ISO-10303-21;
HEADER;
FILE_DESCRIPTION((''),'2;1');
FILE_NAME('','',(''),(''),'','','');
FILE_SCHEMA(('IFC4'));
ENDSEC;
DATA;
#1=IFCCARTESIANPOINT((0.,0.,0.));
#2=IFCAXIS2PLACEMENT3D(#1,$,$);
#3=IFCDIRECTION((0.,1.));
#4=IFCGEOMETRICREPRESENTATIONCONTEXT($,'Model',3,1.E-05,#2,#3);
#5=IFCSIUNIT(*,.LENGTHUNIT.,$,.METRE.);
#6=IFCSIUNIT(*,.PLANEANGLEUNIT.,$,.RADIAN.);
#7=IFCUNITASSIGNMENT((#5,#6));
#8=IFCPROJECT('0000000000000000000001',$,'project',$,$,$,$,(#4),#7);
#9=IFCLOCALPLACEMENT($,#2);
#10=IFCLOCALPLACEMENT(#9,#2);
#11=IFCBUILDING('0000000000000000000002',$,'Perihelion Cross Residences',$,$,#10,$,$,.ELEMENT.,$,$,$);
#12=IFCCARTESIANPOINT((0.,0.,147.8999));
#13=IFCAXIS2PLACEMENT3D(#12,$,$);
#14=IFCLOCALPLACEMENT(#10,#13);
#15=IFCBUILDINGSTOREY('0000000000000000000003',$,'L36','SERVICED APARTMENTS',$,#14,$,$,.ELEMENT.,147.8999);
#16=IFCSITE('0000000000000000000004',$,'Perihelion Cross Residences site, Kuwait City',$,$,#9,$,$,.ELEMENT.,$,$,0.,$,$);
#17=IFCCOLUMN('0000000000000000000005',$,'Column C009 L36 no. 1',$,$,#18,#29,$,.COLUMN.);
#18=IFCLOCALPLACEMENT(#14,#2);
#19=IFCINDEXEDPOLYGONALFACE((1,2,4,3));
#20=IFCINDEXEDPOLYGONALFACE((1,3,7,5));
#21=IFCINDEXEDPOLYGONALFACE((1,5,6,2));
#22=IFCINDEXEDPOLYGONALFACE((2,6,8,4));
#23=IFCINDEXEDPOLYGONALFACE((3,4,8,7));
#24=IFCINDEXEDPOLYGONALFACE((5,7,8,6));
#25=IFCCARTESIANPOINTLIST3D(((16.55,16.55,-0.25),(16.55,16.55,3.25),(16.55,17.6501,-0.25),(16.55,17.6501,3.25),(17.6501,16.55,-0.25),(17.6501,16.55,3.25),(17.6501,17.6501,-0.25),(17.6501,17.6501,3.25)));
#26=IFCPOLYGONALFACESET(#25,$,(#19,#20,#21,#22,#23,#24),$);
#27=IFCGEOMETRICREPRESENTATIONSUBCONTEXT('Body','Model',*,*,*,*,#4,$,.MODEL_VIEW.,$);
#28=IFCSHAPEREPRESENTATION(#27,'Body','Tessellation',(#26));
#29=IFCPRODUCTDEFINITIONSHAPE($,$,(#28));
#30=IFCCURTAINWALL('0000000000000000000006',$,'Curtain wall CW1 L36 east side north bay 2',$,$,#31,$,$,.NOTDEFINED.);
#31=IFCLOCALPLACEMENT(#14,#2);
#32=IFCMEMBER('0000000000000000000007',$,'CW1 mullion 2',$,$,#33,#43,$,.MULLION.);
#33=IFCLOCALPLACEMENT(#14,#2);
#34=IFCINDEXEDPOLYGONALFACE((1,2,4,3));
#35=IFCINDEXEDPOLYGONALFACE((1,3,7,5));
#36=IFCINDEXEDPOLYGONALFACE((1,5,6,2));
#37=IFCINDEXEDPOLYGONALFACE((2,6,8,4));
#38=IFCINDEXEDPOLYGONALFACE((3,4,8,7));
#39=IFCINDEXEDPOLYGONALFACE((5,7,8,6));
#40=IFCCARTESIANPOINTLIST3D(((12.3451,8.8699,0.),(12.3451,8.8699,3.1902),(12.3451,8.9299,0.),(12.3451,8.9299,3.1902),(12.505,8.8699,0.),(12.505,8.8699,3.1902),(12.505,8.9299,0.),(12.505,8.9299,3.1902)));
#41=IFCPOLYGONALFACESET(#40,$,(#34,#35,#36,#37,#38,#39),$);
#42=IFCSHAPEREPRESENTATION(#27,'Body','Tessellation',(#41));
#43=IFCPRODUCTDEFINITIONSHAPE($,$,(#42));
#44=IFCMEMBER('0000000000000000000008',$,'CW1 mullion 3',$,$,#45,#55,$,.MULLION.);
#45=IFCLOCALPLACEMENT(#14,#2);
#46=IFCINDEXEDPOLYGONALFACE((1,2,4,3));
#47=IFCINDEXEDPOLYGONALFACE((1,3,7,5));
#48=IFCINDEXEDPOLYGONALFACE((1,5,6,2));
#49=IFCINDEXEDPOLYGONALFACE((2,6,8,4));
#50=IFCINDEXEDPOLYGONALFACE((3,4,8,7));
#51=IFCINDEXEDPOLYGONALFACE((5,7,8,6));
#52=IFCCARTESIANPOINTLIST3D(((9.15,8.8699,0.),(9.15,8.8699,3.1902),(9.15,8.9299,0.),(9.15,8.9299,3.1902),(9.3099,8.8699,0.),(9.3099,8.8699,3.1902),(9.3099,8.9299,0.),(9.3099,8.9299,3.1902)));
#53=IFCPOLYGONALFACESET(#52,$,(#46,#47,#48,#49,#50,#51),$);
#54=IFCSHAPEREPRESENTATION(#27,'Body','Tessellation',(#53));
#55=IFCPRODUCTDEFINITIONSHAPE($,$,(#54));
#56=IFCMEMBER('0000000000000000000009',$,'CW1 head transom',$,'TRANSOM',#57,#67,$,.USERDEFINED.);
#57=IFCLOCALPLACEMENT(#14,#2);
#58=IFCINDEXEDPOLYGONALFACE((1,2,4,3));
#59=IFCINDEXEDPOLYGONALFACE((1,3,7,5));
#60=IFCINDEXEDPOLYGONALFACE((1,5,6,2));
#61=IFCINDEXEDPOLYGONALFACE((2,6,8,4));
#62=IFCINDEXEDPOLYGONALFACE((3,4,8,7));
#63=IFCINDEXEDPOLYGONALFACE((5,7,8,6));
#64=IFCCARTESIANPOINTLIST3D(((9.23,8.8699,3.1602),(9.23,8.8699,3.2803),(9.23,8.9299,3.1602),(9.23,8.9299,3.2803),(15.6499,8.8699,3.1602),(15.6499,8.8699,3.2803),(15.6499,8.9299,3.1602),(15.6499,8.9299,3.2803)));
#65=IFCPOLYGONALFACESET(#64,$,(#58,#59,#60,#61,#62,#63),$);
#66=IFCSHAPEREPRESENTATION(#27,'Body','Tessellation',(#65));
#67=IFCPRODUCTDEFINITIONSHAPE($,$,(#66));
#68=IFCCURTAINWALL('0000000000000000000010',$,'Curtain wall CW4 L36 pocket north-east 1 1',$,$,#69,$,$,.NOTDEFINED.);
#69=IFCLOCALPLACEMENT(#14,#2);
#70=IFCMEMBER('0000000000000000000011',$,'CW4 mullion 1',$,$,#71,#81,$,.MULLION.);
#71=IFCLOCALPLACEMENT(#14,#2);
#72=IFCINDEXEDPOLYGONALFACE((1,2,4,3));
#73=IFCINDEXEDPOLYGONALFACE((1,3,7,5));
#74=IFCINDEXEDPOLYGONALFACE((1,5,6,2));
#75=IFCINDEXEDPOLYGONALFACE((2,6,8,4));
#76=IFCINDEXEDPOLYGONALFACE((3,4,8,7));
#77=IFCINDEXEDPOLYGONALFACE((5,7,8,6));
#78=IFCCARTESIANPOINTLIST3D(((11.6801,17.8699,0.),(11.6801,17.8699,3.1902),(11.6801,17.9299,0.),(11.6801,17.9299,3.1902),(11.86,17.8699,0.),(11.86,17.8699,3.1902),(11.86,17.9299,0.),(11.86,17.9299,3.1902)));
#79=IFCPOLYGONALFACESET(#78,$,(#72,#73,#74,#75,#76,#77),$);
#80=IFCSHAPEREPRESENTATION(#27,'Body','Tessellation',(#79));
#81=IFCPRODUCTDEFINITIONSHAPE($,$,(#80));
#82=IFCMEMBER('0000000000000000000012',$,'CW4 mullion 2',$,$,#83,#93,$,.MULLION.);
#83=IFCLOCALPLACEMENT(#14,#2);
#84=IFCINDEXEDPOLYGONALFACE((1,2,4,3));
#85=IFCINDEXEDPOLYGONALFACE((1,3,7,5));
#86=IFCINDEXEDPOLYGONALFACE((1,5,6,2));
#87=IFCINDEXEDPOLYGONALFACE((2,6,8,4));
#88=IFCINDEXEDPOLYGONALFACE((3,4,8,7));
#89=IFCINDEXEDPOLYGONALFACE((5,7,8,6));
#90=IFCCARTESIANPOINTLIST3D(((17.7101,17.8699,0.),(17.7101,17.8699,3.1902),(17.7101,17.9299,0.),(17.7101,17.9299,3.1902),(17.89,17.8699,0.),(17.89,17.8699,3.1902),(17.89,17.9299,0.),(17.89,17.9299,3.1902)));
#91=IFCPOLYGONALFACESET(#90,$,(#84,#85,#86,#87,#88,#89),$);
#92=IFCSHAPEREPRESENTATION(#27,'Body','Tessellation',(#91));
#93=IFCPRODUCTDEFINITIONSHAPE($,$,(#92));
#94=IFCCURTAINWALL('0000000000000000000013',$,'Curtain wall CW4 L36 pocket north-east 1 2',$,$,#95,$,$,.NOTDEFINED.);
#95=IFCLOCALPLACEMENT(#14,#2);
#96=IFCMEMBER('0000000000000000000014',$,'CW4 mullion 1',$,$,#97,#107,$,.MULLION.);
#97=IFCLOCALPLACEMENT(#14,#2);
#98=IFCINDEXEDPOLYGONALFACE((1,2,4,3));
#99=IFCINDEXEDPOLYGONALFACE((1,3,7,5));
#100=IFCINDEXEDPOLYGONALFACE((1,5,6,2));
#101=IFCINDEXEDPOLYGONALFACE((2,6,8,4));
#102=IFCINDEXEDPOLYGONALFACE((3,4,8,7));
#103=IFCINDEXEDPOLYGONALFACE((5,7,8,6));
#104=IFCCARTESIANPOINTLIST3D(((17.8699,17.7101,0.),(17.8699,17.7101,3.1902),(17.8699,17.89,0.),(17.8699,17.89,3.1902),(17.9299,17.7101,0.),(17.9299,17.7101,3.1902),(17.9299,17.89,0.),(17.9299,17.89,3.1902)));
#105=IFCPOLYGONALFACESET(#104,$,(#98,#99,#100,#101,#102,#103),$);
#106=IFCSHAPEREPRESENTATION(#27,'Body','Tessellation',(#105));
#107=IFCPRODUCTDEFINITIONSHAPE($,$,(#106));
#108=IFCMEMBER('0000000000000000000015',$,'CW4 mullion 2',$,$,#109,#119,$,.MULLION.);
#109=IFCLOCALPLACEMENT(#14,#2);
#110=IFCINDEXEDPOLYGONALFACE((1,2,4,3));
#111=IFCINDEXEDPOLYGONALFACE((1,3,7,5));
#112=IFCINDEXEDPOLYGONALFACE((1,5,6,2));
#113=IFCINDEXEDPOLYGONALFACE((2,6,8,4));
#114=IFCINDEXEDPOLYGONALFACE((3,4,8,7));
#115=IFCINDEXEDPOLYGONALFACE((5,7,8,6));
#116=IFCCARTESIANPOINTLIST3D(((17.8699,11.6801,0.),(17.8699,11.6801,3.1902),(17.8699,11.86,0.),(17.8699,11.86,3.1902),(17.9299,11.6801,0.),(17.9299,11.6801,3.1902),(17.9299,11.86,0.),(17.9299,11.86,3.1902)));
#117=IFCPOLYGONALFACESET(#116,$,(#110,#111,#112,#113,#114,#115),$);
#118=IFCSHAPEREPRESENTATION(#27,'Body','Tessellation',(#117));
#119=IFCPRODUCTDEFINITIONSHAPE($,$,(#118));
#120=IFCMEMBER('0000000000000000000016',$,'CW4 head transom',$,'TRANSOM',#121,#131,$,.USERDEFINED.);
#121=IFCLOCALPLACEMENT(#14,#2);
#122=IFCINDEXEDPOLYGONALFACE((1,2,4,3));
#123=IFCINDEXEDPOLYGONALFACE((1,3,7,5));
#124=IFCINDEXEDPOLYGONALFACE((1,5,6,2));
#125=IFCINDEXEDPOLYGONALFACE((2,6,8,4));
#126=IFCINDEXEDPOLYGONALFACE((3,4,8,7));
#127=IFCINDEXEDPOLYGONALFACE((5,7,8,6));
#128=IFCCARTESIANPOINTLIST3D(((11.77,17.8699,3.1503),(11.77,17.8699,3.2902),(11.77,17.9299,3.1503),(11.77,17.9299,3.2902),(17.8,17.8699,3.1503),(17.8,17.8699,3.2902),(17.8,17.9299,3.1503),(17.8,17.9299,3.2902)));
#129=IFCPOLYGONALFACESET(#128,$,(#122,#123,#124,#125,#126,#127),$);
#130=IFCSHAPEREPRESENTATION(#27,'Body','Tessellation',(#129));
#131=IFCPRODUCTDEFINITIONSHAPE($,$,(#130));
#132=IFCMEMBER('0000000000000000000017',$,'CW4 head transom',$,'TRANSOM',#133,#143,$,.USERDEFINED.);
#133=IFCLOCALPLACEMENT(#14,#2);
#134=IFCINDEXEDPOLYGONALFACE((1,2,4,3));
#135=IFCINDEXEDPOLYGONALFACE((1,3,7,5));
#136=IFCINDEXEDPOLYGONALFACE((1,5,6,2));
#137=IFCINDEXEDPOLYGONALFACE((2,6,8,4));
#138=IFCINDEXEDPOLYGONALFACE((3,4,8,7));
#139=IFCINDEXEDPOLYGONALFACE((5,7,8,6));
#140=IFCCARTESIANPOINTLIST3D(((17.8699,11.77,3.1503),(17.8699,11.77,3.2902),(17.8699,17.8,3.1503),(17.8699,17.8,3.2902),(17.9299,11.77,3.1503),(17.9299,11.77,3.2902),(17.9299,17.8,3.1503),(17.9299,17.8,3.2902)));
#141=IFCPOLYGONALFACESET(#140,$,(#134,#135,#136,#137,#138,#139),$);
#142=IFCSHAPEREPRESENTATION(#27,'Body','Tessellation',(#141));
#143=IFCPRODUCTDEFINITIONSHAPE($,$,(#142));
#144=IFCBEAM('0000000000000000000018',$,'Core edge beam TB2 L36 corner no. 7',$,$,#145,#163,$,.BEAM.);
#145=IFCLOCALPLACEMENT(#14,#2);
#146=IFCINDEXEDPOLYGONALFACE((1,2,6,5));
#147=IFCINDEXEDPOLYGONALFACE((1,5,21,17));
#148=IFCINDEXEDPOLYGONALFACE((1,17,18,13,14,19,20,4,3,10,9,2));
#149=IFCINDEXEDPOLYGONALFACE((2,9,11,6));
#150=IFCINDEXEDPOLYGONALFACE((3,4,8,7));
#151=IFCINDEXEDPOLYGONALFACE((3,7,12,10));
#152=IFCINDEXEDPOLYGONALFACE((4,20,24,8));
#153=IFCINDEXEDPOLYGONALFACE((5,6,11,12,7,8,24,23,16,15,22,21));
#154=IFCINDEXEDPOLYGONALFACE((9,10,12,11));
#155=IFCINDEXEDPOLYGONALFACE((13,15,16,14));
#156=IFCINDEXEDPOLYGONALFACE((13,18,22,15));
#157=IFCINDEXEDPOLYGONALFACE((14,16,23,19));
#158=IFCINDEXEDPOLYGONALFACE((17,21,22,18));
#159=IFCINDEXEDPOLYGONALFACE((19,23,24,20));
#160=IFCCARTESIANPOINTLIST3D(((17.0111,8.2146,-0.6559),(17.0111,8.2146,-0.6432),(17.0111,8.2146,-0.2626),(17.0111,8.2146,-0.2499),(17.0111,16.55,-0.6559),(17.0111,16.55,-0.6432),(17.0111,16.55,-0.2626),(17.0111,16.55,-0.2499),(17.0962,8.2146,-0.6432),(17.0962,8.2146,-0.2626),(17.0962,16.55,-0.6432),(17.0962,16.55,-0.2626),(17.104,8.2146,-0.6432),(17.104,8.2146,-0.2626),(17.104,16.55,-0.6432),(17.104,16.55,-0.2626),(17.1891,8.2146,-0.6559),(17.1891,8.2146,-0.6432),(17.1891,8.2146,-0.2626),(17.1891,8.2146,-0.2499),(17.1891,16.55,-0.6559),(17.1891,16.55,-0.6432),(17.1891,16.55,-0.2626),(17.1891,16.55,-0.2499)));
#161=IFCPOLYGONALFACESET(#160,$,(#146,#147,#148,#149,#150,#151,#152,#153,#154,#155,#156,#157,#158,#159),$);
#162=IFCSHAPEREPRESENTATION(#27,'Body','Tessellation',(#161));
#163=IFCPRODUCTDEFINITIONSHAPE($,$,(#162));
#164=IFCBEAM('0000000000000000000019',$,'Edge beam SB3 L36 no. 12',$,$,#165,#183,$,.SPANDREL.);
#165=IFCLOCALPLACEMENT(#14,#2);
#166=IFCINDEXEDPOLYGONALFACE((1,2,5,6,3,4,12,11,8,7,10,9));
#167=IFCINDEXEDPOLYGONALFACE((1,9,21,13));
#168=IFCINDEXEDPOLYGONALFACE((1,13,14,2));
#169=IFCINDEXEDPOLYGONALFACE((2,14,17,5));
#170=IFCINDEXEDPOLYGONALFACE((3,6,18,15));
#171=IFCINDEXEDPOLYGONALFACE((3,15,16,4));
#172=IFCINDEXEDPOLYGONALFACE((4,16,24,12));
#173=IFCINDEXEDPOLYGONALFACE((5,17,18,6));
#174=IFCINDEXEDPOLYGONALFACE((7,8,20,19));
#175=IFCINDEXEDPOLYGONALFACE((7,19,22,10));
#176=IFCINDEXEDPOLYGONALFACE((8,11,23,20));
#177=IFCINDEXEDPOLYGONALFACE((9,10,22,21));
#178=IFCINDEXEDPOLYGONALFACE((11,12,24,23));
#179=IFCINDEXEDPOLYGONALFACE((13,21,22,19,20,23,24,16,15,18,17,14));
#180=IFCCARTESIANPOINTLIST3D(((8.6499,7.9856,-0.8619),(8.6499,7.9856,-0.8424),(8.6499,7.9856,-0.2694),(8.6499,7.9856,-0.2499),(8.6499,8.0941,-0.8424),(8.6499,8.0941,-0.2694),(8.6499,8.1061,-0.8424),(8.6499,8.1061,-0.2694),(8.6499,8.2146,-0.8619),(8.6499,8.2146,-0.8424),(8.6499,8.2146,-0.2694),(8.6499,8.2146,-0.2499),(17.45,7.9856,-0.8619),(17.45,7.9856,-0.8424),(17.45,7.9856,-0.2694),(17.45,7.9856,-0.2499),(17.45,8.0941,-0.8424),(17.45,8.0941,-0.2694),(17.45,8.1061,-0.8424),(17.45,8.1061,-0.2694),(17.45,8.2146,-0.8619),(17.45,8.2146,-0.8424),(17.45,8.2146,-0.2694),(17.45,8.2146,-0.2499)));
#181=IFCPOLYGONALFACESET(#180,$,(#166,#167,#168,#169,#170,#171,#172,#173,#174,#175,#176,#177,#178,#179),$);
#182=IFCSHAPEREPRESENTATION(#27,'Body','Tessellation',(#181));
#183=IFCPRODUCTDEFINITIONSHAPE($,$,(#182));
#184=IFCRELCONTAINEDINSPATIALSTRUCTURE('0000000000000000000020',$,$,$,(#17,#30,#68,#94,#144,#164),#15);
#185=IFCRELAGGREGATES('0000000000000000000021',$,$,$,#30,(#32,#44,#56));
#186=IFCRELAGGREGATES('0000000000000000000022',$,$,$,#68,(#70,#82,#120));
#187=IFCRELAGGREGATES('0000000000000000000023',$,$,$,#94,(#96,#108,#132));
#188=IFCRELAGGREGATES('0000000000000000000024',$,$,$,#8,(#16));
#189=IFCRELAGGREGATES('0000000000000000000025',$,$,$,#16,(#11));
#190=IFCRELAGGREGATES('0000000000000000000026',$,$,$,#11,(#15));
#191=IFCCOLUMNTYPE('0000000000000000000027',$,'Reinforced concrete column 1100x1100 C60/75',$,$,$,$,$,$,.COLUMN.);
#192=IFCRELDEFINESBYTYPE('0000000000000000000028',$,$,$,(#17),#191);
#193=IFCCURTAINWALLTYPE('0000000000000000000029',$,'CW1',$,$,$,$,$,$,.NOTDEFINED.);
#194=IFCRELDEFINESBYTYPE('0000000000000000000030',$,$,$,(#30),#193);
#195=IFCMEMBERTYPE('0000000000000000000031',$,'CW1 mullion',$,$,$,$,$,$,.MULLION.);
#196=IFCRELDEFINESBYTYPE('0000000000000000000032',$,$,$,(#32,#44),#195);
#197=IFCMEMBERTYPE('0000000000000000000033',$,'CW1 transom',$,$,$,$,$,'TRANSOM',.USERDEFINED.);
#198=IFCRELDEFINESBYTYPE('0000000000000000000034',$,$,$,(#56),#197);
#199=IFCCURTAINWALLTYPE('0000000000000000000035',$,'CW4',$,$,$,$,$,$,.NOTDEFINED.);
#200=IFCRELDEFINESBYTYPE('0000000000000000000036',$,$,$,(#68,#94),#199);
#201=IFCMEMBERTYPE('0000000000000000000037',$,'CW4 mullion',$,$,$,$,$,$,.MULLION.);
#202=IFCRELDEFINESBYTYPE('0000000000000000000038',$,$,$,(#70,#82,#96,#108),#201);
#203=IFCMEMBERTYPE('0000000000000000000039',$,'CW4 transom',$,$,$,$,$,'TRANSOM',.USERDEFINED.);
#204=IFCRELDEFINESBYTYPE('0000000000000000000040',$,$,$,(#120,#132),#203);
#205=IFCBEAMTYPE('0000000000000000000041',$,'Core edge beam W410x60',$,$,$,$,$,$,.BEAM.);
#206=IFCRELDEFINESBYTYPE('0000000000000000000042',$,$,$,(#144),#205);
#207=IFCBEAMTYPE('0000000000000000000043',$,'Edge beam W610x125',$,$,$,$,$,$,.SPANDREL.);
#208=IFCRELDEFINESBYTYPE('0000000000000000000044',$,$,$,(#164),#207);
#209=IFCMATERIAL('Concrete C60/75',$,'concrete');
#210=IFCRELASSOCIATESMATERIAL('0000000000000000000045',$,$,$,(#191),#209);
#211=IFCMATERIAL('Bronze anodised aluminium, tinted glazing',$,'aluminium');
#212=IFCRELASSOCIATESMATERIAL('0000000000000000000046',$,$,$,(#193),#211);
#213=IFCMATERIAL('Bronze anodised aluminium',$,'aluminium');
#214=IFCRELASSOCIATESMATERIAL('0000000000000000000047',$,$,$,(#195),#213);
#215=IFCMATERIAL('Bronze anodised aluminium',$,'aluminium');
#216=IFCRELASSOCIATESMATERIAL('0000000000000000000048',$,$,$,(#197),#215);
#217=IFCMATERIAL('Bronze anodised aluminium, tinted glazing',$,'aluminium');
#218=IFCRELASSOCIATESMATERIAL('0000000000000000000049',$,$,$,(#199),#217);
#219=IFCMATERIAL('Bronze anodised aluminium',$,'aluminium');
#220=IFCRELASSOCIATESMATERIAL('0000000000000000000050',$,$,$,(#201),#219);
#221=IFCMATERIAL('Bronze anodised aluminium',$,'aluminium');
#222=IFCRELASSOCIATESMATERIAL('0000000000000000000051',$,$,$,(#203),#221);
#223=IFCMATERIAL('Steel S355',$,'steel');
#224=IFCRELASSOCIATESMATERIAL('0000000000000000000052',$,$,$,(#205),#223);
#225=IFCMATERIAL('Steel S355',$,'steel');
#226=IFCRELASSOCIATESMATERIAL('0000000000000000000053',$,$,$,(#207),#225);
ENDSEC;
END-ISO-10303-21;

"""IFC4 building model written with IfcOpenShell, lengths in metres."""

from ifc_helpers import new_model, si_unit, direction, frame, origin, origin_2d, place, context, subcontext, project, spatial, rectangle, i_section, extrude, material, material_profile, profile_set, type_object, element, aggregate, save


model = new_model("IFC4")

# Units and contexts
model_context = context("Model", 3, precision=1e-05, world=origin(), true_north=direction((0.0, 1.0)))
body_context = subcontext(model_context, "Body", "Model", "MODEL_VIEW")
ifc_project = project(units=[si_unit("LENGTHUNIT", "METRE"), si_unit("PLANEANGLEUNIT", "RADIAN")], contexts=[model_context])

# Site, building, storey
site_placement = place(None, origin())
site = spatial("IfcSite", under=ifc_project, at=site_placement, Name="Perihelion Cross Residences site, Kuwait City", CompositionType="ELEMENT", RefElevation=0.0)
building_placement = place(site_placement, origin())
building = spatial("IfcBuilding", under=site, at=building_placement, Name="Perihelion Cross Residences", CompositionType="ELEMENT")
storey_placement = place(building_placement, frame((0.0, 0.0, 147.8999)))
storey = spatial("IfcBuildingStorey", under=building, at=storey_placement, Name="L36", Description="SERVICED APARTMENTS", CompositionType="ELEMENT", Elevation=147.8999)

# Column
ifc_material_1 = material(Name="Concrete C60/75", Category="concrete")
ifc_material_profile_1 = material_profile(ifc_material_1, rectangle(XDim=1.1001, YDim=1.1001, at=origin_2d()), Name="RC 1100x1100")
ifc_profile_set_1 = profile_set([ifc_material_profile_1], Name="Concrete C60/75")
column_type = type_object("IfcColumnType", Name="Reinforced concrete column 1100x1100 C60/75", PredefinedType="COLUMN", material=ifc_profile_set_1)
column_placement = place(storey_placement, frame((17.1001, 17.1001, -0.25), z_axis=(0.0, 0.0, 1.0), x_axis=(1.0, 0.0, 0.0)))
element("IfcColumn", 1, at=column_placement, inside=storey, type_object=column_type, Name="Column C009 L36 no. 1", PredefinedType="COLUMN", context=body_context, shape_type="SweptSolid", body=[
    extrude(rectangle(XDim=1.1001, YDim=1.1001, at=origin_2d()), origin(), (0.0, 0.0, 1.0), 3.5),
])

# Curtain walls, members
ifc_material_2 = material(Name="Bronze anodised aluminium, tinted glazing", Category="aluminium")
curtain_wall_type_1 = type_object("IfcCurtainWallType", Name="CW1", PredefinedType="NOTDEFINED", material=ifc_material_2)
curtain_wall_1_placement = place(storey_placement, origin())
curtain_wall_1 = element("IfcCurtainWall", 2, at=curtain_wall_1_placement, inside=storey, type_object=curtain_wall_type_1, Name="Curtain wall CW1 L36 east side north bay 2", PredefinedType="NOTDEFINED")
ifc_material_3 = material(Name="Bronze anodised aluminium", Category="aluminium")
ifc_material_profile_2 = material_profile(ifc_material_3, rectangle(XDim=0.0601, YDim=0.1599, at=origin_2d()), Name="CW1 mullion")
ifc_profile_set_2 = profile_set([ifc_material_profile_2], Name="Bronze anodised aluminium")
member_type_1 = type_object("IfcMemberType", Name="CW1 mullion", PredefinedType="MULLION", material=ifc_profile_set_2)
member_1_placement = place(storey_placement, frame((12.425, 8.8999, 0.0), z_axis=(0.0, 0.0, 1.0), x_axis=(0.0, -1.0, 0.0)))
member_1 = element("IfcMember", 3, at=member_1_placement, type_object=member_type_1, Name="CW1 mullion 2", PredefinedType="MULLION", context=body_context, shape_type="SweptSolid", body=[
    extrude(rectangle(XDim=0.0601, YDim=0.1599, at=origin_2d()), origin(), (0.0, 0.0, 1.0), 3.1902),
])
member_2_placement = place(storey_placement, frame((9.23, 8.8999, 0.0), z_axis=(0.0, 0.0, 1.0), x_axis=(0.0, -1.0, 0.0)))
member_2 = element("IfcMember", 4, at=member_2_placement, type_object=member_type_1, Name="CW1 mullion 3", PredefinedType="MULLION", context=body_context, shape_type="SweptSolid", body=[
    extrude(rectangle(XDim=0.0601, YDim=0.1599, at=origin_2d()), origin(), (0.0, 0.0, 1.0), 3.1902),
])
ifc_material_4 = material(Name="Bronze anodised aluminium", Category="aluminium")
ifc_material_profile_3 = material_profile(ifc_material_4, rectangle(XDim=0.0601, YDim=0.1201, at=origin_2d()), Name="CW1 transom")
ifc_profile_set_3 = profile_set([ifc_material_profile_3], Name="Bronze anodised aluminium")
member_type_2 = type_object("IfcMemberType", Name="CW1 transom", ElementType="TRANSOM", PredefinedType="USERDEFINED", material=ifc_profile_set_3)
member_3_placement = place(storey_placement, frame((15.6499, 8.8999, 3.2202), z_axis=(-1.0, 0.0, 0.0), x_axis=(0.0, -1.0, 0.0)))
member_3 = element("IfcMember", 5, at=member_3_placement, type_object=member_type_2, Name="CW1 head transom", ObjectType="TRANSOM", PredefinedType="USERDEFINED", context=body_context, shape_type="SweptSolid", body=[
    extrude(rectangle(XDim=0.0601, YDim=0.1201, at=origin_2d()), origin(), (0.0, 0.0, 1.0), 6.4199),
])
ifc_material_5 = material(Name="Bronze anodised aluminium, tinted glazing", Category="aluminium")
curtain_wall_type_2 = type_object("IfcCurtainWallType", Name="CW4", PredefinedType="NOTDEFINED", material=ifc_material_5)
curtain_wall_2_placement = place(storey_placement, origin())
curtain_wall_2 = element("IfcCurtainWall", 6, at=curtain_wall_2_placement, inside=storey, type_object=curtain_wall_type_2, Name="Curtain wall CW4 L36 pocket north-east 1 1", PredefinedType="NOTDEFINED")
ifc_material_6 = material(Name="Bronze anodised aluminium", Category="aluminium")
ifc_material_profile_4 = material_profile(ifc_material_6, rectangle(XDim=0.0601, YDim=0.1799, at=origin_2d()), Name="CW4 mullion")
ifc_profile_set_4 = profile_set([ifc_material_profile_4], Name="Bronze anodised aluminium")
member_type_3 = type_object("IfcMemberType", Name="CW4 mullion", PredefinedType="MULLION", material=ifc_profile_set_4)
member_4_placement = place(storey_placement, frame((11.77, 17.8999, 0.0), z_axis=(0.0, 0.0, 1.0), x_axis=(0.0, 1.0, 0.0)))
member_4 = element("IfcMember", 7, at=member_4_placement, type_object=member_type_3, Name="CW4 mullion 1", PredefinedType="MULLION", context=body_context, shape_type="SweptSolid", body=[
    extrude(rectangle(XDim=0.0601, YDim=0.1799, at=origin_2d()), origin(), (0.0, 0.0, 1.0), 3.1902),
])
member_5_placement = place(storey_placement, frame((17.8, 17.8999, 0.0), z_axis=(0.0, 0.0, 1.0), x_axis=(0.0, 1.0, 0.0)))
member_5 = element("IfcMember", 8, at=member_5_placement, type_object=member_type_3, Name="CW4 mullion 2", PredefinedType="MULLION", context=body_context, shape_type="SweptSolid", body=[
    extrude(rectangle(XDim=0.0601, YDim=0.1799, at=origin_2d()), origin(), (0.0, 0.0, 1.0), 3.1902),
])
curtain_wall_3_placement = place(storey_placement, origin())
curtain_wall_3 = element("IfcCurtainWall", 9, at=curtain_wall_3_placement, inside=storey, type_object=curtain_wall_type_2, Name="Curtain wall CW4 L36 pocket north-east 1 2", PredefinedType="NOTDEFINED")
member_6_placement = place(storey_placement, frame((17.8999, 17.8, 0.0), z_axis=(0.0, 0.0, 1.0), x_axis=(1.0, 0.0, 0.0)))
member_6 = element("IfcMember", 10, at=member_6_placement, type_object=member_type_3, Name="CW4 mullion 1", PredefinedType="MULLION", context=body_context, shape_type="SweptSolid", body=[
    extrude(rectangle(XDim=0.0601, YDim=0.1799, at=origin_2d()), origin(), (0.0, 0.0, 1.0), 3.1902),
])
member_7_placement = place(storey_placement, frame((17.8999, 11.77, 0.0), z_axis=(0.0, 0.0, 1.0), x_axis=(1.0, 0.0, 0.0)))
member_7 = element("IfcMember", 11, at=member_7_placement, type_object=member_type_3, Name="CW4 mullion 2", PredefinedType="MULLION", context=body_context, shape_type="SweptSolid", body=[
    extrude(rectangle(XDim=0.0601, YDim=0.1799, at=origin_2d()), origin(), (0.0, 0.0, 1.0), 3.1902),
])

# Members
ifc_material_7 = material(Name="Bronze anodised aluminium", Category="aluminium")
ifc_material_profile_5 = material_profile(ifc_material_7, rectangle(XDim=0.0601, YDim=0.1399, at=origin_2d()), Name="CW4 transom")
ifc_profile_set_5 = profile_set([ifc_material_profile_5], Name="Bronze anodised aluminium")
member_type_4 = type_object("IfcMemberType", Name="CW4 transom", ElementType="TRANSOM", PredefinedType="USERDEFINED", material=ifc_profile_set_5)
member_8_placement = place(storey_placement, frame((11.77, 17.8999, 3.2202), z_axis=(1.0, 0.0, 0.0), x_axis=(0.0, 1.0, 0.0)))
member_8 = element("IfcMember", 12, at=member_8_placement, type_object=member_type_4, Name="CW4 head transom", ObjectType="TRANSOM", PredefinedType="USERDEFINED", context=body_context, shape_type="SweptSolid", body=[
    extrude(rectangle(XDim=0.0601, YDim=0.1399, at=origin_2d()), origin(), (0.0, 0.0, 1.0), 6.03),
])
member_9_placement = place(storey_placement, frame((17.8999, 17.8, 3.2202), z_axis=(0.0, -1.0, 0.0), x_axis=(1.0, 0.0, 0.0)))
member_9 = element("IfcMember", 13, at=member_9_placement, type_object=member_type_4, Name="CW4 head transom", ObjectType="TRANSOM", PredefinedType="USERDEFINED", context=body_context, shape_type="SweptSolid", body=[
    extrude(rectangle(XDim=0.0601, YDim=0.1399, at=origin_2d()), origin(), (0.0, 0.0, 1.0), 6.03),
])

# Beams
ifc_material_8 = material(Name="Steel S355", Category="steel")
ifc_material_profile_6 = material_profile(ifc_material_8, i_section(OverallWidth=0.178, OverallDepth=0.406, WebThickness=0.0078, FlangeThickness=0.0127, at=origin_2d()), Name="W410x60")
ifc_profile_set_6 = profile_set([ifc_material_profile_6], Name="Steel S355")
beam_type_1 = type_object("IfcBeamType", Name="Core edge beam W410x60", PredefinedType="BEAM", material=ifc_profile_set_6)
beam_1_placement = place(storey_placement, frame((17.1001, 8.2146, -0.4529), z_axis=(0.0, 1.0, 0.0), x_axis=(-1.0, 0.0, 0.0)))
element("IfcBeam", 14, at=beam_1_placement, inside=storey, type_object=beam_type_1, Name="Core edge beam TB2 L36 corner no. 7", PredefinedType="BEAM", context=body_context, shape_type="SweptSolid", body=[
    extrude(i_section(OverallWidth=0.178, OverallDepth=0.406, WebThickness=0.0078, FlangeThickness=0.0127, at=origin_2d()), origin(), (0.0, 0.0, 1.0), 8.3354),
])
ifc_material_9 = material(Name="Steel S355", Category="steel")
ifc_material_profile_7 = material_profile(ifc_material_9, i_section(OverallWidth=0.229, OverallDepth=0.6121, WebThickness=0.012, FlangeThickness=0.0195, at=origin_2d()), Name="W610x125")
ifc_profile_set_7 = profile_set([ifc_material_profile_7], Name="Steel S355")
beam_type_2 = type_object("IfcBeamType", Name="Edge beam W610x125", PredefinedType="SPANDREL", material=ifc_profile_set_7)
beam_2_placement = place(storey_placement, frame((17.45, 8.1001, -0.5559), z_axis=(-1.0, 0.0, 0.0), x_axis=(0.0, -1.0, 0.0)))
element("IfcBeam", 15, at=beam_2_placement, inside=storey, type_object=beam_type_2, Name="Edge beam SB3 L36 no. 12", PredefinedType="SPANDREL", context=body_context, shape_type="SweptSolid", body=[
    extrude(i_section(OverallWidth=0.229, OverallDepth=0.6121, WebThickness=0.012, FlangeThickness=0.0195, at=origin_2d()), origin(), (0.0, 0.0, 1.0), 8.8),
])

aggregate(curtain_wall_1, [member_1, member_2, member_3])
aggregate(curtain_wall_2, [member_4, member_5, member_8])
aggregate(curtain_wall_3, [member_6, member_7, member_9])

save(model, "model.ifc")
